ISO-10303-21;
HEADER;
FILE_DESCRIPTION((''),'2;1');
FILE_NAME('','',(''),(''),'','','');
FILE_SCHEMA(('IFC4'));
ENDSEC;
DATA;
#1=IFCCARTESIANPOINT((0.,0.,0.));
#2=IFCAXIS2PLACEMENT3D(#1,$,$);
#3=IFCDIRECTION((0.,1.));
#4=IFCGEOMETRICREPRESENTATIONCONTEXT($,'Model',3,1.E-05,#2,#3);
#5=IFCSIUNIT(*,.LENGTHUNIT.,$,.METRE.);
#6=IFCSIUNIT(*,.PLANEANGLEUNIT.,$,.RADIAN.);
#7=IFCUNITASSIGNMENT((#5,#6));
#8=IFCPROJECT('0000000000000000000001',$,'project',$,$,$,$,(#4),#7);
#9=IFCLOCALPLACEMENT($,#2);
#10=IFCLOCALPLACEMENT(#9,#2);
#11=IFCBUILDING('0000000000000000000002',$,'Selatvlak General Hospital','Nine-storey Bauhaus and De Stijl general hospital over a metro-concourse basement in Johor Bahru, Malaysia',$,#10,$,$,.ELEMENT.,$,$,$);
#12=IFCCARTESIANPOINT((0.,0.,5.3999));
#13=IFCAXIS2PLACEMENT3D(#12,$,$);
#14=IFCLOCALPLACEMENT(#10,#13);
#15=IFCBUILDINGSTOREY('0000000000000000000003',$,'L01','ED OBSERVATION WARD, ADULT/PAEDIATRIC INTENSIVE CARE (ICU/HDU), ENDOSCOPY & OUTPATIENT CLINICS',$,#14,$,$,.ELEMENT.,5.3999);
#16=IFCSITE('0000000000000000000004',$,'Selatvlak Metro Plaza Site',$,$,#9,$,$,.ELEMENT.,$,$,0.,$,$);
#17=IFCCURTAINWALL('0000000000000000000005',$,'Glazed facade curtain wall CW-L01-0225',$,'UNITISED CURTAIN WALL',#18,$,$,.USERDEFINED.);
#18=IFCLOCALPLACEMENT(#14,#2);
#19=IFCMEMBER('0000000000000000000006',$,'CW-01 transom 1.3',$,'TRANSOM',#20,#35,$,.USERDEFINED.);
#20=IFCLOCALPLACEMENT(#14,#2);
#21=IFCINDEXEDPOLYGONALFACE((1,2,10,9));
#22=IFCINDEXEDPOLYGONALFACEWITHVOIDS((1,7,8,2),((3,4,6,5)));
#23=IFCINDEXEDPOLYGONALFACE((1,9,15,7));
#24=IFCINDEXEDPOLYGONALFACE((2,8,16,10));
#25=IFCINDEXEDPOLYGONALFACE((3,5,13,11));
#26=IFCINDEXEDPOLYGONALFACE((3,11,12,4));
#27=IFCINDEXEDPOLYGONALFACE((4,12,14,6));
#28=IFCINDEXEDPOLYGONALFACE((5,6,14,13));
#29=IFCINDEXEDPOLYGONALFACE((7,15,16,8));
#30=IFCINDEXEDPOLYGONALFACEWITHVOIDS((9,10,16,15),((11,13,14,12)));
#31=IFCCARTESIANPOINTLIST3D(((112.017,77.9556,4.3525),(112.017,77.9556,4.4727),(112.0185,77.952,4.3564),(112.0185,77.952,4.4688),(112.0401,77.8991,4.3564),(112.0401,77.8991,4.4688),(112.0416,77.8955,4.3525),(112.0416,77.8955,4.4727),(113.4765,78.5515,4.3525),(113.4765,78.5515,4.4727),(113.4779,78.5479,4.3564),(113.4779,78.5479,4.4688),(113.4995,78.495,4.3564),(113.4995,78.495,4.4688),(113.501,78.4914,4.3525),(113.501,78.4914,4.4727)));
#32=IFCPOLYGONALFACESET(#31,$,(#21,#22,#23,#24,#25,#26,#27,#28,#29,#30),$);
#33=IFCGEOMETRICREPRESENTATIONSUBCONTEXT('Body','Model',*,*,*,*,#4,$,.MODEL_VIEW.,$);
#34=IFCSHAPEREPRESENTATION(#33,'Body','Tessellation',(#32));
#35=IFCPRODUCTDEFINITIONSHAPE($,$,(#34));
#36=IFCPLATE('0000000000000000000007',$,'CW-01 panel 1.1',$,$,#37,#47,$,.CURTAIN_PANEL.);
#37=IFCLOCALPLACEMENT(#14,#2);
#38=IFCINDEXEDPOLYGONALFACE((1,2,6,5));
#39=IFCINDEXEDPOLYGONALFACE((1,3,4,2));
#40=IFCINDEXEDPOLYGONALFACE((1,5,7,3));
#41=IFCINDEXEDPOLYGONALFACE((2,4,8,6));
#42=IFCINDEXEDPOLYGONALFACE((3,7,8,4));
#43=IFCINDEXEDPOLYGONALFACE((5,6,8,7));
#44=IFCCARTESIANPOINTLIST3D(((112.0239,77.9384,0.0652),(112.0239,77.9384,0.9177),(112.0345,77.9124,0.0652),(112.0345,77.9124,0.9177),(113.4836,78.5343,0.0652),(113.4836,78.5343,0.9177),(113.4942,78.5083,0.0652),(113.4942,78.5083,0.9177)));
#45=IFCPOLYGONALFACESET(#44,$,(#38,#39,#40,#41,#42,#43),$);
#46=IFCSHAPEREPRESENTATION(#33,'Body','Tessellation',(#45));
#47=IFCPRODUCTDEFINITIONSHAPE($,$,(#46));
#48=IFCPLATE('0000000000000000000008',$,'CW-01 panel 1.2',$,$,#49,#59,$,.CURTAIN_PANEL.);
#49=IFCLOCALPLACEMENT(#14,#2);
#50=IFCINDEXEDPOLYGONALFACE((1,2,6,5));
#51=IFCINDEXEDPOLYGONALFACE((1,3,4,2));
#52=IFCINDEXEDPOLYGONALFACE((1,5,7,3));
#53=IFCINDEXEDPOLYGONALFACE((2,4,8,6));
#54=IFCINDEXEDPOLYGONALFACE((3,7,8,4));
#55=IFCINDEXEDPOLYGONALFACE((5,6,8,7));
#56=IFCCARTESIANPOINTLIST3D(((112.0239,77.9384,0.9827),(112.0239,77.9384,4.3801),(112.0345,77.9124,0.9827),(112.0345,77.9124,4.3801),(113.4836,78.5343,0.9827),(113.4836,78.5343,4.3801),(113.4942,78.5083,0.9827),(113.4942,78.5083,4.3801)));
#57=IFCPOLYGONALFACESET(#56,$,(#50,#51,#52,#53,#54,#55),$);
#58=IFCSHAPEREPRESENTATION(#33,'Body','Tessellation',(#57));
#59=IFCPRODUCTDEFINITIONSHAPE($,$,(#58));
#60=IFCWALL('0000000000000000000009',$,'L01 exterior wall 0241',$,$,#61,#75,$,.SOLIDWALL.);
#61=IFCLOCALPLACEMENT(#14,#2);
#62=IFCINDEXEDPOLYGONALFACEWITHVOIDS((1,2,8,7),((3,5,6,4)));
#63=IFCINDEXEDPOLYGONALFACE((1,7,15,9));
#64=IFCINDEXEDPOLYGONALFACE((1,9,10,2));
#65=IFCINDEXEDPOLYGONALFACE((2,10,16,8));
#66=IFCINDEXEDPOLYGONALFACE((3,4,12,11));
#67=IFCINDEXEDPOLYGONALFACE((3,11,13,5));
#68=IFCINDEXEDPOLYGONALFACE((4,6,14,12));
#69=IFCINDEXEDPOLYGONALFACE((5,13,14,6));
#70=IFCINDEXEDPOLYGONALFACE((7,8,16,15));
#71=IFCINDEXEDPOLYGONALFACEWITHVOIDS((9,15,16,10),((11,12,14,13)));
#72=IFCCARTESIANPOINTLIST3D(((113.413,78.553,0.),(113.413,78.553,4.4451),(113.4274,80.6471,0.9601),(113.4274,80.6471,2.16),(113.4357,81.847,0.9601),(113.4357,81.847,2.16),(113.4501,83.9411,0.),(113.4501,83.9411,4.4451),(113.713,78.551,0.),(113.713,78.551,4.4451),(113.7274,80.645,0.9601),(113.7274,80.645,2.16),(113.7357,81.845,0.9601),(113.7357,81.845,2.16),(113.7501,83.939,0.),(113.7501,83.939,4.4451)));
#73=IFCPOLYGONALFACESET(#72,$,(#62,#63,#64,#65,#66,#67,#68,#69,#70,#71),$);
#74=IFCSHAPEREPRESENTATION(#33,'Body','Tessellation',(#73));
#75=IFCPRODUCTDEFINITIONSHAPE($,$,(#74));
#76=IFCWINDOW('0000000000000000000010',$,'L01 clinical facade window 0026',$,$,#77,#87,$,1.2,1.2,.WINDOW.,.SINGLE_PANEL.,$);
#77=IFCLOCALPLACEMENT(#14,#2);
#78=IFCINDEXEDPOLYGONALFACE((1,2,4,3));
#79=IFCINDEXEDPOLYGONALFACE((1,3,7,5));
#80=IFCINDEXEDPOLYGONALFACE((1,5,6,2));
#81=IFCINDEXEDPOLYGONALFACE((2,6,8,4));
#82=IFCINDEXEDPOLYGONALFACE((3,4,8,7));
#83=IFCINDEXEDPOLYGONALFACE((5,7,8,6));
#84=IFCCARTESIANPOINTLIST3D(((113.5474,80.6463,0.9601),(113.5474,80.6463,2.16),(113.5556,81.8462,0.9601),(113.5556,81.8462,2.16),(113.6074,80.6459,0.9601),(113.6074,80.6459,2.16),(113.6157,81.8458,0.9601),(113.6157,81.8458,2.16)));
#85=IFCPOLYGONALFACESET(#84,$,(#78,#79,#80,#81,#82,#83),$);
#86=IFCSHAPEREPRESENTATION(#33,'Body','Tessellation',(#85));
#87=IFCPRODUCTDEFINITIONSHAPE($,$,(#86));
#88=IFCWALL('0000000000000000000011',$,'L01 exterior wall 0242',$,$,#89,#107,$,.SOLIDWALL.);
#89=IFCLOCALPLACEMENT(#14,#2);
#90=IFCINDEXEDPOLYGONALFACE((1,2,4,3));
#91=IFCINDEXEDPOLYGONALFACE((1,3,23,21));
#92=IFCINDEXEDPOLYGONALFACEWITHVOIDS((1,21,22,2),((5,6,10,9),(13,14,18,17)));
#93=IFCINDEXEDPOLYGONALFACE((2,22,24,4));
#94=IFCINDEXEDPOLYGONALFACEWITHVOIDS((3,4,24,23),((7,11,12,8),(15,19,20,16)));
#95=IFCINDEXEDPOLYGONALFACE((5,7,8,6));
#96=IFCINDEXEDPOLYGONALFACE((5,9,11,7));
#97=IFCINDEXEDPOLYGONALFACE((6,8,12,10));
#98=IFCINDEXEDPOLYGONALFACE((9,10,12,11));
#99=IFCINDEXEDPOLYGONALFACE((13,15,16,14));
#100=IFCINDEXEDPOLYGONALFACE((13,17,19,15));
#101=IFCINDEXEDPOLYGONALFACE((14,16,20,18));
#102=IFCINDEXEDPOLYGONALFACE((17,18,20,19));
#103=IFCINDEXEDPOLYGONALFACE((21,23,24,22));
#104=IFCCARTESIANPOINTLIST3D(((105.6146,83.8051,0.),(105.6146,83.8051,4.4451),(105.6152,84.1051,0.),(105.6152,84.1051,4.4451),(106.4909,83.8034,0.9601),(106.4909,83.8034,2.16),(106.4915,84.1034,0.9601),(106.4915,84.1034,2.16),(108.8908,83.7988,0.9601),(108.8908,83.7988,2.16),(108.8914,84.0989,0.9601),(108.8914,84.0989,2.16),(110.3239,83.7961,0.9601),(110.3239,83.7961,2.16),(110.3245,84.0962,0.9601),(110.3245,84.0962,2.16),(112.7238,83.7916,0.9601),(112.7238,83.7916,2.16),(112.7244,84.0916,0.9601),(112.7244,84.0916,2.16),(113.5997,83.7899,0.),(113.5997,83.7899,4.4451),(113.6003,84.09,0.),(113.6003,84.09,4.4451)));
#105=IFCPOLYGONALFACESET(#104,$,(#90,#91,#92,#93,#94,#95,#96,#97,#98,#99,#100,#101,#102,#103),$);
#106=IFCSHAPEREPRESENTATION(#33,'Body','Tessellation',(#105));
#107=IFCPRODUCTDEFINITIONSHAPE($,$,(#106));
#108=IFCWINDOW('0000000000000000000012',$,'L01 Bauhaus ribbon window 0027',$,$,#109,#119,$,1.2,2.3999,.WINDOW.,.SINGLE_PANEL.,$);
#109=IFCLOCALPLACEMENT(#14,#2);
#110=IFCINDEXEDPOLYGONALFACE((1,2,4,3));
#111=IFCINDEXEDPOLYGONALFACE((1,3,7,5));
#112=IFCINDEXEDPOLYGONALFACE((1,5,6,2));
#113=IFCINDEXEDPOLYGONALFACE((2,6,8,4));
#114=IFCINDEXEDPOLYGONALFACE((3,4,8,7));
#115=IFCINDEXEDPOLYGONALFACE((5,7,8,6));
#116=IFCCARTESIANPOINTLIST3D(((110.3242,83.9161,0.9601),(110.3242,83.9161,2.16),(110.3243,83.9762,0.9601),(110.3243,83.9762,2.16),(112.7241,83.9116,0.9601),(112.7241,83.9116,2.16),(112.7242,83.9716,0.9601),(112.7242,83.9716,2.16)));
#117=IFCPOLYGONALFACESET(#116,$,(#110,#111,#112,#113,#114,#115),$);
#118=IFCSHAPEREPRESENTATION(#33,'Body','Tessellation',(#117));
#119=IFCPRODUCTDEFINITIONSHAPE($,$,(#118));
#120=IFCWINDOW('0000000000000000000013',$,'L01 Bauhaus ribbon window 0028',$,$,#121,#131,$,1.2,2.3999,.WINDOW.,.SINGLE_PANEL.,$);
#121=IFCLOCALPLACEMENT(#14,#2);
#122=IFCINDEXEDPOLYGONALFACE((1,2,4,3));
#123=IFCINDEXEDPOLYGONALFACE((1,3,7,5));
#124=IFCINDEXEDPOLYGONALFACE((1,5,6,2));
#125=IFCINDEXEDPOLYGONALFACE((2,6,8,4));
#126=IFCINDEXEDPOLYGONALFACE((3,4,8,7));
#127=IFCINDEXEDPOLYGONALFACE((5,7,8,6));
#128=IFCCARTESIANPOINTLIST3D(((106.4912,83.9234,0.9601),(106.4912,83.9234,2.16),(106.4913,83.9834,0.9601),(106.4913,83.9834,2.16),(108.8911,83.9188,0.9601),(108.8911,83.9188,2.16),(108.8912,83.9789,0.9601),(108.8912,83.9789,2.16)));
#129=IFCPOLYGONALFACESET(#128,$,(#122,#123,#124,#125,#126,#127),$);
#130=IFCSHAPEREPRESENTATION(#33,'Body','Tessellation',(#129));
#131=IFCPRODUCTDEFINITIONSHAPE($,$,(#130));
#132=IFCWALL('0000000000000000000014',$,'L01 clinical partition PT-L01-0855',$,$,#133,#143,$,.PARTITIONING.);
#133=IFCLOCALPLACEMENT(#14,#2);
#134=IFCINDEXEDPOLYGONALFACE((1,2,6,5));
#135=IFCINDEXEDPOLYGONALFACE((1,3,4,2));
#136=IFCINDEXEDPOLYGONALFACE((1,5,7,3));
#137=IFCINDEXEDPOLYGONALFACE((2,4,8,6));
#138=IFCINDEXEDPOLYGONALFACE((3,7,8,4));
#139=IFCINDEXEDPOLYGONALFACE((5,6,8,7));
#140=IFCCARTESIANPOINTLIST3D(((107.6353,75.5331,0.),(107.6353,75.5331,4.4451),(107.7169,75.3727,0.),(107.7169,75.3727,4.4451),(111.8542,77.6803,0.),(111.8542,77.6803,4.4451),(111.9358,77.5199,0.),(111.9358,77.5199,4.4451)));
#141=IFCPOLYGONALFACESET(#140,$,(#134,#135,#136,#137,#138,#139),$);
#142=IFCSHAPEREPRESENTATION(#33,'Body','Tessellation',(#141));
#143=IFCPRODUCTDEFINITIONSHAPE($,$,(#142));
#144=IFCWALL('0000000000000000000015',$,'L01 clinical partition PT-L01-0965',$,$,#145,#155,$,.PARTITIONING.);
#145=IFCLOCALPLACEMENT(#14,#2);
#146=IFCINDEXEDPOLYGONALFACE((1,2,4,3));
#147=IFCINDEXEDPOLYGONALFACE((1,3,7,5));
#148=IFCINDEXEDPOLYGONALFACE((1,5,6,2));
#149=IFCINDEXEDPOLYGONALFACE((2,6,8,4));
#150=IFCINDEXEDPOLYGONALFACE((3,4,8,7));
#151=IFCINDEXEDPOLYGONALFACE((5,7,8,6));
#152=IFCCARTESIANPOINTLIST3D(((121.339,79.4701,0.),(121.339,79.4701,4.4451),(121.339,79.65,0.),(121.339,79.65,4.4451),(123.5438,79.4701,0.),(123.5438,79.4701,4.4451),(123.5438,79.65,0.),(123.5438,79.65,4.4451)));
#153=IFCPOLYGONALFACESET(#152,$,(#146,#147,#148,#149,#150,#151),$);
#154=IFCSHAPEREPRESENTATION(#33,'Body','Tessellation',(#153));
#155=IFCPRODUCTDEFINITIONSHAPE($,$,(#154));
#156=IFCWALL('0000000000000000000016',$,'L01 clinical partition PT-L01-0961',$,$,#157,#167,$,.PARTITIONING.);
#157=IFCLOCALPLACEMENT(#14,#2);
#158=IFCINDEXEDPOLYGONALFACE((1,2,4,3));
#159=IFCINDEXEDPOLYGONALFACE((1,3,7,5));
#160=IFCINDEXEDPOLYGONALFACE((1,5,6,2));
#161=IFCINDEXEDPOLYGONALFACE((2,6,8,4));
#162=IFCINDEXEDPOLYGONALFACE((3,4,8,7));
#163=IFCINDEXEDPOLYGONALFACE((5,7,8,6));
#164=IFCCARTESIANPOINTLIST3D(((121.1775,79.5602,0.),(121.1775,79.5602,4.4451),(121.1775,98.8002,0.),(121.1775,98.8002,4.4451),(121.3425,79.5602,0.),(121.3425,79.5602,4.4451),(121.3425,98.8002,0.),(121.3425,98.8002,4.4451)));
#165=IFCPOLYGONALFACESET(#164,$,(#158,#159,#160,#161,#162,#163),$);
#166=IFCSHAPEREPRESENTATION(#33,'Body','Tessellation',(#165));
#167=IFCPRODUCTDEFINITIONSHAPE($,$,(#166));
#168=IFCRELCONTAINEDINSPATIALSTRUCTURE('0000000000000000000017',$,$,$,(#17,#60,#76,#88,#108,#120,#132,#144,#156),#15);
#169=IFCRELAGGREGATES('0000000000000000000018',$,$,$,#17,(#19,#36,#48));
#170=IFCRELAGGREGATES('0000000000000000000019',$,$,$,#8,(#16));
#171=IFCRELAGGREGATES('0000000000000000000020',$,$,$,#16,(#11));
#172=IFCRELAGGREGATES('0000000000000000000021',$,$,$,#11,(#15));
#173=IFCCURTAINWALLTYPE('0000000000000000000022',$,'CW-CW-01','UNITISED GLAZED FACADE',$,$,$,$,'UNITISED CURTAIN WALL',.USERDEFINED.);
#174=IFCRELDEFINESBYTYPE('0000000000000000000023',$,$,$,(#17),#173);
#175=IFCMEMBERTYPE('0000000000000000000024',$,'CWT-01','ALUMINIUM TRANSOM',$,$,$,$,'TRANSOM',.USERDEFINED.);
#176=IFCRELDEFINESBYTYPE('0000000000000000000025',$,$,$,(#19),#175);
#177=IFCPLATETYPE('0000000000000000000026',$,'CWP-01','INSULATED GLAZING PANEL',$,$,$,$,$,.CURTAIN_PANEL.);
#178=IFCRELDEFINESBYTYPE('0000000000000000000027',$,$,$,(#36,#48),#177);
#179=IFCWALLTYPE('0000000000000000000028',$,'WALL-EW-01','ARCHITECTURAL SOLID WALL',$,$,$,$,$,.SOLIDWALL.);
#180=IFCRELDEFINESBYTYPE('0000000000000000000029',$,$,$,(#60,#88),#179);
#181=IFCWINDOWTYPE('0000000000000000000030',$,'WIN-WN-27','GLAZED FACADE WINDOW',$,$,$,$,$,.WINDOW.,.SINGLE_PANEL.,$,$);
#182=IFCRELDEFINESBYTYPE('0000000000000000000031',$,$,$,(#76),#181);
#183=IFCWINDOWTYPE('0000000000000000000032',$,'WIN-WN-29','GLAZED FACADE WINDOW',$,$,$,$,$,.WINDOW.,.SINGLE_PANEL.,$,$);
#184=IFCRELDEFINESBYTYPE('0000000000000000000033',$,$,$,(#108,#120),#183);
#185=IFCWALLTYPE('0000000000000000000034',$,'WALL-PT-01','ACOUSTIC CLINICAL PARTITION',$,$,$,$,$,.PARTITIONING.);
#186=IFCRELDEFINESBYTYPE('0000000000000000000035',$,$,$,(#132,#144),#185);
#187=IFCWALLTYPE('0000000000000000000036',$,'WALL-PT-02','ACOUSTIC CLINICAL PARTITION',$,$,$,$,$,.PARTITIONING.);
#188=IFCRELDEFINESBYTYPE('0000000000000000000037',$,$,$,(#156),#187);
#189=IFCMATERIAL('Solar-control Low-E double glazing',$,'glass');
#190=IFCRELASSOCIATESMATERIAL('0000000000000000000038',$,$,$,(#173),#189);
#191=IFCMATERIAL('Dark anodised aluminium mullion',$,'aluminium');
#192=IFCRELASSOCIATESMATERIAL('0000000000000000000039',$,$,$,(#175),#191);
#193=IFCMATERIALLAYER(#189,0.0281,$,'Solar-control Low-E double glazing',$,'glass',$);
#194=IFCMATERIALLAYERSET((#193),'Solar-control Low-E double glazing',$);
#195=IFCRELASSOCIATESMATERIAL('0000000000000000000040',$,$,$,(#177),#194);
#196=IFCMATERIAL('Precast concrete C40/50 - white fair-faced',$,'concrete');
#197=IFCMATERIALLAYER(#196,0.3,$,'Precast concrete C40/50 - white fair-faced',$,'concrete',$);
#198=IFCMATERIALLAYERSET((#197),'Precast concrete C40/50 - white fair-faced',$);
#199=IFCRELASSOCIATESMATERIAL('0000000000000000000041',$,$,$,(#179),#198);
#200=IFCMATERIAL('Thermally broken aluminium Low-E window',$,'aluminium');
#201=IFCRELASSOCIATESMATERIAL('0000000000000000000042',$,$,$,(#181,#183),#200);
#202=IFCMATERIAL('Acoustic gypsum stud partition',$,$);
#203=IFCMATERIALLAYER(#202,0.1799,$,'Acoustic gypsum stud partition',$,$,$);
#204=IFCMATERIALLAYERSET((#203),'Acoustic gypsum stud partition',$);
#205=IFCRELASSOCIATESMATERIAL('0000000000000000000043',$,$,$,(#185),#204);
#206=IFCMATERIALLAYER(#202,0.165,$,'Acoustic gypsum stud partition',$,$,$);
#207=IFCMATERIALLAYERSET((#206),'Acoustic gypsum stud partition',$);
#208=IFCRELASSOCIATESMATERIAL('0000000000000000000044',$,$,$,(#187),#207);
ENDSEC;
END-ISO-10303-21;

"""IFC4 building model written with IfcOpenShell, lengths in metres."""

from ifc_helpers import new_model, si_unit, direction, frame, frame_2d, origin, origin_2d, place, context, subcontext, project, spatial, rectangle, hollow_rectangle, extrude, material, layer, layer_set, material_profile, profile_set, type_object, element, fill, aggregate, save


model = new_model("IFC4")

# Units and contexts
model_context = context("Model", 3, precision=1e-05, world=origin(), true_north=direction((0.0, 1.0)))
body_context = subcontext(model_context, "Body", "Model", "MODEL_VIEW")
ifc_project = project(units=[si_unit("LENGTHUNIT", "METRE"), si_unit("PLANEANGLEUNIT", "RADIAN")], contexts=[model_context])

# Site, building, storey
site_placement = place(None, origin())
site = spatial("IfcSite", under=ifc_project, at=site_placement, Name="Selatvlak Metro Plaza Site", CompositionType="ELEMENT", RefElevation=0.0)
building_placement = place(site_placement, origin())
building = spatial("IfcBuilding", under=site, at=building_placement, Name="Selatvlak General Hospital", Description="Nine-storey Bauhaus and De Stijl general hospital over a metro-concourse basement in Johor Bahru, Malaysia", CompositionType="ELEMENT")
storey_placement = place(building_placement, frame((0.0, 0.0, 5.3999)))
storey = spatial("IfcBuildingStorey", under=building, at=storey_placement, Name="L01", Description="ED OBSERVATION WARD, ADULT/PAEDIATRIC INTENSIVE CARE (ICU/HDU), ENDOSCOPY & OUTPATIENT CLINICS", CompositionType="ELEMENT", Elevation=5.3999)

# Shared definitions
ifc_material_1 = material(Name="Solar-control Low-E double glazing", Category="glass")
ifc_material_2 = material(Name="Dark anodised aluminium mullion", Category="aluminium")

# Curtain wall, member, plates
curtain_wall_type_1 = type_object("IfcCurtainWallType", Name="CW-CW-01", Description="UNITISED GLAZED FACADE", ElementType="UNITISED CURTAIN WALL", PredefinedType="USERDEFINED", material=ifc_material_1)
curtain_wall_1_placement = place(storey_placement, origin())
curtain_wall_1 = element("IfcCurtainWall", 1, at=curtain_wall_1_placement, inside=storey, type_object=curtain_wall_type_1, Name="Glazed facade curtain wall CW-L01-0225", ObjectType="UNITISED CURTAIN WALL", PredefinedType="USERDEFINED")
ifc_material_profile_1 = material_profile(ifc_material_2, hollow_rectangle(XDim=0.0649, YDim=0.1201, WallThickness=0.0039, at=origin_2d()), Name="AL-TRN 65x120x4")
ifc_profile_set_1 = profile_set([ifc_material_profile_1], Name="Dark anodised aluminium mullion")
member_type_1 = type_object("IfcMemberType", Name="CWT-01", Description="ALUMINIUM TRANSOM", ElementType="TRANSOM", PredefinedType="USERDEFINED", material=ifc_profile_set_1)
member_1_placement = place(storey_placement, frame((112.0293, 77.9255, 4.4126), z_axis=(0.925793, 0.37803, 0.0), x_axis=(-0.37803, 0.925793, 0.0)))
member_1 = element("IfcMember", 2, at=member_1_placement, type_object=member_type_1, Name="CW-01 transom 1.3", ObjectType="TRANSOM", PredefinedType="USERDEFINED", context=body_context, shape_type="SweptSolid", body=[
    extrude(hollow_rectangle(XDim=0.0649, YDim=0.1201, WallThickness=0.0039, at=origin_2d()), origin(), (0.0, 0.0, 1.0), 1.5764),
])
ifc_layer_1 = layer(ifc_material_1, 0.0281, Name="Solar-control Low-E double glazing", Category="glass")
ifc_layer_set_1 = layer_set([ifc_layer_1], Name="Solar-control Low-E double glazing")
plate_type = type_object("IfcPlateType", Name="CWP-01", Description="INSULATED GLAZING PANEL", PredefinedType="CURTAIN_PANEL", material=ifc_layer_set_1)
plate_1_placement = place(storey_placement, frame((112.759, 78.2234, 0.0652), z_axis=(0.0, 0.0, 1.0), x_axis=(0.925827, 0.377948, 0.0)))
plate_1 = element("IfcPlate", 3, at=plate_1_placement, type_object=plate_type, Name="CW-01 panel 1.1", PredefinedType="CURTAIN_PANEL", context=body_context, shape_type="SweptSolid", body=[
    extrude(rectangle(XDim=1.5767, YDim=0.0281, at=origin_2d()), origin(), (0.0, 0.0, 1.0), 0.8525),
])
plate_2_placement = place(storey_placement, frame((112.759, 78.2234, 0.9827), z_axis=(0.0, 0.0, 1.0), x_axis=(0.925827, 0.377948, 0.0)))
plate_2 = element("IfcPlate", 4, at=plate_2_placement, type_object=plate_type, Name="CW-01 panel 1.2", PredefinedType="CURTAIN_PANEL", context=body_context, shape_type="SweptSolid", body=[
    extrude(rectangle(XDim=1.5767, YDim=0.0281, at=origin_2d()), origin(), (0.0, 0.0, 1.0), 3.3975),
])
aggregate(curtain_wall_1, [member_1, plate_1, plate_2])

# Wall, opening, window
ifc_material_3 = material(Name="Precast concrete C40/50 - white fair-faced", Category="concrete")
ifc_layer_2 = layer(ifc_material_3, 0.3, Name="Precast concrete C40/50 - white fair-faced", Category="concrete")
ifc_layer_set_2 = layer_set([ifc_layer_2], Name="Precast concrete C40/50 - white fair-faced")
wall_type_1 = type_object("IfcWallType", Name="WALL-EW-01", Description="ARCHITECTURAL SOLID WALL", PredefinedType="SOLIDWALL", material=ifc_layer_set_2)
wall_1_placement = place(storey_placement, frame((113.563, 78.552, 0.0), z_axis=(0.0, 0.0, 1.0), x_axis=(0.006887, 0.999976, 0.0)))
wall_1 = element("IfcWall", 5, at=wall_1_placement, inside=storey, type_object=wall_type_1, Name="L01 exterior wall 0241", PredefinedType="SOLIDWALL", context=body_context, shape_type="SweptSolid", body=[
    extrude(rectangle(XDim=5.3882, YDim=0.3, at=frame_2d((2.6941, 0.0))), origin(), (0.0, 0.0, 1.0), 4.4451),
])
opening_1_placement = place(wall_1_placement, frame((2.094, 0.0, 0.96)))
opening_1 = element("IfcOpeningElement", 6, at=opening_1_placement, cuts=wall_1, PredefinedType="OPENING", context=body_context, shape_type="SweptSolid", body=[
    extrude(rectangle(XDim=1.2, YDim=1.2, at=frame_2d((0.6001, 0.6001))), frame((0.0, 0.1599, 0.0), z_axis=(0.0, -1.0, 0.0), x_axis=(1.0, 0.0, 0.0)), (0.0, 0.0, 1.0), 0.3201),
])
ifc_material_4 = material(Name="Thermally broken aluminium Low-E window", Category="aluminium")
window_type_1 = type_object("IfcWindowType", Name="WIN-WN-27", Description="GLAZED FACADE WINDOW", PartitioningType="SINGLE_PANEL", PredefinedType="WINDOW", material=ifc_material_4)
window_1_placement = place(opening_1_placement, origin())
window_1 = element("IfcWindow", 7, at=window_1_placement, inside=storey, type_object=window_type_1, Name="L01 clinical facade window 0026", OverallHeight=1.2, OverallWidth=1.2, PartitioningType="SINGLE_PANEL", PredefinedType="WINDOW", context=body_context, shape_type="SweptSolid", body=[
    extrude(rectangle(XDim=1.2, YDim=1.2, at=frame_2d((0.6001, 0.6001))), frame((0.0, 0.03, 0.0), z_axis=(0.0, -1.0, 0.0), x_axis=(1.0, 0.0, 0.0)), (0.0, 0.0, 1.0), 0.0601),
])
fill(opening_1, window_1)

# Wall, openings, windows
wall_2_placement = place(storey_placement, frame((113.6001, 83.9399, 0.0), z_axis=(0.0, 0.0, 1.0), x_axis=(-0.999998, 0.001896, 0.0)))
wall_2 = element("IfcWall", 8, at=wall_2_placement, inside=storey, type_object=wall_type_1, Name="L01 exterior wall 0242", PredefinedType="SOLIDWALL", context=body_context, shape_type="SweptSolid", body=[
    extrude(rectangle(XDim=7.9851, YDim=0.3, at=frame_2d((3.9927, 0.0))), origin(), (0.0, 0.0, 1.0), 4.4451),
])
opening_2_placement = place(wall_2_placement, frame((0.876, 0.0, 0.96)))
opening_2 = element("IfcOpeningElement", 9, at=opening_2_placement, cuts=wall_2, PredefinedType="OPENING", context=body_context, shape_type="SweptSolid", body=[
    extrude(rectangle(XDim=2.3999, YDim=1.2, at=frame_2d((1.2, 0.6001))), frame((0.0, 0.1599, 0.0), z_axis=(0.0, -1.0, 0.0), x_axis=(1.0, 0.0, 0.0)), (0.0, 0.0, 1.0), 0.3201),
])
opening_3_placement = place(wall_2_placement, frame((4.709, 0.0, 0.96)))
opening_3 = element("IfcOpeningElement", 10, at=opening_3_placement, cuts=wall_2, PredefinedType="OPENING", context=body_context, shape_type="SweptSolid", body=[
    extrude(rectangle(XDim=2.3999, YDim=1.2, at=frame_2d((1.2, 0.6001))), frame((0.0, 0.1599, 0.0), z_axis=(0.0, -1.0, 0.0), x_axis=(1.0, 0.0, 0.0)), (0.0, 0.0, 1.0), 0.3201),
])
window_type_2 = type_object("IfcWindowType", Name="WIN-WN-29", Description="GLAZED FACADE WINDOW", PartitioningType="SINGLE_PANEL", PredefinedType="WINDOW", material=ifc_material_4)
window_2_placement = place(opening_2_placement, origin())
window_2 = element("IfcWindow", 11, at=window_2_placement, inside=storey, type_object=window_type_2, Name="L01 Bauhaus ribbon window 0027", OverallHeight=1.2, OverallWidth=2.3999, PartitioningType="SINGLE_PANEL", PredefinedType="WINDOW", context=body_context, shape_type="SweptSolid", body=[
    extrude(rectangle(XDim=2.3999, YDim=1.2, at=frame_2d((1.2, 0.6001))), frame((0.0, 0.03, 0.0), z_axis=(0.0, -1.0, 0.0), x_axis=(1.0, 0.0, 0.0)), (0.0, 0.0, 1.0), 0.0601),
])
fill(opening_2, window_2)
window_3_placement = place(opening_3_placement, origin())
window_3 = element("IfcWindow", 12, at=window_3_placement, inside=storey, type_object=window_type_2, Name="L01 Bauhaus ribbon window 0028", OverallHeight=1.2, OverallWidth=2.3999, PartitioningType="SINGLE_PANEL", PredefinedType="WINDOW", context=body_context, shape_type="SweptSolid", body=[
    extrude(rectangle(XDim=2.3999, YDim=1.2, at=frame_2d((1.2, 0.6001))), frame((0.0, 0.03, 0.0), z_axis=(0.0, -1.0, 0.0), x_axis=(1.0, 0.0, 0.0)), (0.0, 0.0, 1.0), 0.0601),
])
fill(opening_3, window_3)

# Walls
ifc_material_5 = material(Name="Acoustic gypsum stud partition")
ifc_layer_3 = layer(ifc_material_5, 0.1799, Name="Acoustic gypsum stud partition")
ifc_layer_set_3 = layer_set([ifc_layer_3], Name="Acoustic gypsum stud partition")
wall_type_2 = type_object("IfcWallType", Name="WALL-PT-01", Description="ACOUSTIC CLINICAL PARTITION", PredefinedType="PARTITIONING", material=ifc_layer_set_3)
wall_3_placement = place(storey_placement, frame((111.895, 77.6001, 0.0), z_axis=(0.0, 0.0, 1.0), x_axis=(-0.891217, -0.453577, 0.0)))
element("IfcWall", 13, at=wall_3_placement, inside=storey, type_object=wall_type_2, Name="L01 clinical partition PT-L01-0855", PredefinedType="PARTITIONING", context=body_context, shape_type="SweptSolid", body=[
    extrude(rectangle(XDim=4.7339, YDim=0.1799, at=frame_2d((2.3669, 0.0))), origin(), (0.0, 0.0, 1.0), 4.4451),
])
wall_4_placement = place(storey_placement, frame((123.5439, 79.5601, 0.0), z_axis=(0.0, 0.0, 1.0), x_axis=(-1.0, 0.0, 0.0)))
element("IfcWall", 14, at=wall_4_placement, inside=storey, type_object=wall_type_2, Name="L01 clinical partition PT-L01-0965", PredefinedType="PARTITIONING", context=body_context, shape_type="SweptSolid", body=[
    extrude(rectangle(XDim=2.2048, YDim=0.1799, at=frame_2d((1.1025, 0.0))), origin(), (0.0, 0.0, 1.0), 4.4451),
])
ifc_layer_4 = layer(ifc_material_5, 0.165, Name="Acoustic gypsum stud partition")
ifc_layer_set_4 = layer_set([ifc_layer_4], Name="Acoustic gypsum stud partition")
wall_type_3 = type_object("IfcWallType", Name="WALL-PT-02", Description="ACOUSTIC CLINICAL PARTITION", PredefinedType="PARTITIONING", material=ifc_layer_set_4)
wall_5_placement = place(storey_placement, frame((121.26, 79.5601, 0.0), z_axis=(0.0, 0.0, 1.0), x_axis=(0.0, 1.0, 0.0)))
element("IfcWall", 15, at=wall_5_placement, inside=storey, type_object=wall_type_3, Name="L01 clinical partition PT-L01-0961", PredefinedType="PARTITIONING", context=body_context, shape_type="SweptSolid", body=[
    extrude(rectangle(XDim=19.24, YDim=0.165, at=frame_2d((9.6201, 0.0))), origin(), (0.0, 0.0, 1.0), 4.4451),
])

save(model, "model.ifc")
